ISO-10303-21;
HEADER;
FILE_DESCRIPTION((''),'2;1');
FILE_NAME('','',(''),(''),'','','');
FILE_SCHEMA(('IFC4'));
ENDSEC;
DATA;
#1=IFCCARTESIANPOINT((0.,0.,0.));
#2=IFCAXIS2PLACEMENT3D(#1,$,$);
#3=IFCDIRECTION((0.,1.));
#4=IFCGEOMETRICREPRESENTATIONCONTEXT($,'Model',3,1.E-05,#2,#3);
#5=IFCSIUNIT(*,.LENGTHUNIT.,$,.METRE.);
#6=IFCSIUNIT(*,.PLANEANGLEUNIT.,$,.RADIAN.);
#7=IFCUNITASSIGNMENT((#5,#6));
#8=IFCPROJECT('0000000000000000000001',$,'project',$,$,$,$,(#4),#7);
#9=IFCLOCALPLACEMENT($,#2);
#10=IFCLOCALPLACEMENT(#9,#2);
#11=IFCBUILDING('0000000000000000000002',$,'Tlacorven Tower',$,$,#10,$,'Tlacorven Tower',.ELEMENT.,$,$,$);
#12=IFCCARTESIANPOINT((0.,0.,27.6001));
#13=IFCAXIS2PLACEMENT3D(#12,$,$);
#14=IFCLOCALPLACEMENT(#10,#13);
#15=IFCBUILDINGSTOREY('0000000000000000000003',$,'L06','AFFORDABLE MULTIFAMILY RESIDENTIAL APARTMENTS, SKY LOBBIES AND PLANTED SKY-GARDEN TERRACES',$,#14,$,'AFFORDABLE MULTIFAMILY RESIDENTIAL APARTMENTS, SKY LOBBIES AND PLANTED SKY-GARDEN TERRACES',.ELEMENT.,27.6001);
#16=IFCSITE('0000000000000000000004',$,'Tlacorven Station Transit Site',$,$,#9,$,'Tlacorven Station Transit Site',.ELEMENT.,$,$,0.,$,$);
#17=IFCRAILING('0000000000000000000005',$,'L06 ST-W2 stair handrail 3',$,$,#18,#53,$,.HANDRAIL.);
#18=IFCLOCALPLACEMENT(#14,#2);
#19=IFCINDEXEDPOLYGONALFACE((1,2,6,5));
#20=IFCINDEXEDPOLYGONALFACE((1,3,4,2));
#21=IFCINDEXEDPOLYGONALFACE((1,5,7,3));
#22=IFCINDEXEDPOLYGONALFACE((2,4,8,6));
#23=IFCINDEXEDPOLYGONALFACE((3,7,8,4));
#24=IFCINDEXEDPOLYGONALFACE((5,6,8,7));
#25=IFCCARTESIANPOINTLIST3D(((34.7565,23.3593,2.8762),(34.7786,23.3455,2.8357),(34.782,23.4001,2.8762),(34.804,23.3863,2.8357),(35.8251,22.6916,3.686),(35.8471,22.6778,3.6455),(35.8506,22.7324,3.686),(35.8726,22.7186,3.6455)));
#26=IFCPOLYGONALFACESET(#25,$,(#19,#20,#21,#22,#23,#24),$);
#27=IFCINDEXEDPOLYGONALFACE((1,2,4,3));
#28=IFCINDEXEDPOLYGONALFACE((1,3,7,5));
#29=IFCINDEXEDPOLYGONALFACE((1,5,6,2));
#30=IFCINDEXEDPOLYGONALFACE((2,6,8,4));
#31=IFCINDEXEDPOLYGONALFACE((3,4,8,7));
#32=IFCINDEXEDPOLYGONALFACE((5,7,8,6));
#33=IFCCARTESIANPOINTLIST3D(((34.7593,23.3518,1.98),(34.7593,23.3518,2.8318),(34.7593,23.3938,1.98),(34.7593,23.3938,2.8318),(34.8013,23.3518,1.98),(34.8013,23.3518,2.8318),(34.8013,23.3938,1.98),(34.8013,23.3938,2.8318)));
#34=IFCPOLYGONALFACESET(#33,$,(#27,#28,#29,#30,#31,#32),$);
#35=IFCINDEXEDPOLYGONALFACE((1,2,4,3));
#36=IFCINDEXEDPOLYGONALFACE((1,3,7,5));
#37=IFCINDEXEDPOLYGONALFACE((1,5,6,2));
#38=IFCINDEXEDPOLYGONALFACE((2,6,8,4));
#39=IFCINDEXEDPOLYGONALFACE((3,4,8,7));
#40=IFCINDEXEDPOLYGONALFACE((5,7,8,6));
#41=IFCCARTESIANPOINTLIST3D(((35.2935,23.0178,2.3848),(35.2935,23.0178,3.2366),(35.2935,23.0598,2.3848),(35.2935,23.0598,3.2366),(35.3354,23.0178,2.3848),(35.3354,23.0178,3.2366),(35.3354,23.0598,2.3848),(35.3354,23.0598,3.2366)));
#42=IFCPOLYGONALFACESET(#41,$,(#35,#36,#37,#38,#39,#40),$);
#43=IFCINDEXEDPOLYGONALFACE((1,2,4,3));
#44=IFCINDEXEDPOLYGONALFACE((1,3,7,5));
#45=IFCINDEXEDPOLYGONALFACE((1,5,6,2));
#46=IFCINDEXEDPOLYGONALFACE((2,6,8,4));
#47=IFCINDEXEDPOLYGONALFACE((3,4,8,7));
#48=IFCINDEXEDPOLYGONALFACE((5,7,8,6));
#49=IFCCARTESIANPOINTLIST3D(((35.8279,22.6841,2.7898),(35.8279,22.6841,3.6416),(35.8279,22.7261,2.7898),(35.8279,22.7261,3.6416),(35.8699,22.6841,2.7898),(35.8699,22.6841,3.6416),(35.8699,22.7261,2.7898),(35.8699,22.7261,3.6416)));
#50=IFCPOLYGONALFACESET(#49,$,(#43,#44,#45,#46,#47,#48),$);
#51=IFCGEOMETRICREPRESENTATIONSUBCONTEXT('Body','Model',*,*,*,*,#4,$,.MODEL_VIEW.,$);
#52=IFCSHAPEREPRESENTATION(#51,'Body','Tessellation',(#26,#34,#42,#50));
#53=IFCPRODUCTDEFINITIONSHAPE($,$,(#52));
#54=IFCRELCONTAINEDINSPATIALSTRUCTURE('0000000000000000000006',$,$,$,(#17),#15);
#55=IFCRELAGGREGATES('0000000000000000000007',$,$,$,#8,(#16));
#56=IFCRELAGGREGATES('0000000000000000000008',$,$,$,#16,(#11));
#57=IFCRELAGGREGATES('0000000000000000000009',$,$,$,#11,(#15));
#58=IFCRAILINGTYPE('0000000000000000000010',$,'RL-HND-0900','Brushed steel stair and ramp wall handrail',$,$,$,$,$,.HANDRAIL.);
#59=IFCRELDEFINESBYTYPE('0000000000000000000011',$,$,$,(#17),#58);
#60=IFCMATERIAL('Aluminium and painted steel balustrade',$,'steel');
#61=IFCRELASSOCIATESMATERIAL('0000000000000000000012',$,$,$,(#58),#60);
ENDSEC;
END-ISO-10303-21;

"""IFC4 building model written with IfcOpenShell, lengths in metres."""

from ifc_helpers import new_model, si_unit, direction, frame, origin, origin_2d, place, context, subcontext, project, spatial, rectangle, extrude, source, transform, mapped, material, type_object, element, save


model = new_model("IFC4")

# Units and contexts
model_context = context("Model", 3, precision=1e-05, world=origin(), true_north=direction((0.0, 1.0)))
body_context = subcontext(model_context, "Body", "Model", "MODEL_VIEW")
ifc_project = project(units=[si_unit("LENGTHUNIT", "METRE"), si_unit("PLANEANGLEUNIT", "RADIAN")], contexts=[model_context])

# Site, building, storey
site_placement = place(None, origin())
site = spatial("IfcSite", under=ifc_project, at=site_placement, Name="Tlacorven Station Transit Site", LongName="Tlacorven Station Transit Site", CompositionType="ELEMENT", RefElevation=0.0)
building_placement = place(site_placement, origin())
building = spatial("IfcBuilding", under=site, at=building_placement, Name="Tlacorven Tower", LongName="Tlacorven Tower", CompositionType="ELEMENT")
storey_placement = place(building_placement, frame((0.0, 0.0, 27.6001)))
storey = spatial("IfcBuildingStorey", under=building, at=storey_placement, Name="L06", Description="AFFORDABLE MULTIFAMILY RESIDENTIAL APARTMENTS, SKY LOBBIES AND PLANTED SKY-GARDEN TERRACES", LongName="AFFORDABLE MULTIFAMILY RESIDENTIAL APARTMENTS, SKY LOBBIES AND PLANTED SKY-GARDEN TERRACES", CompositionType="ELEMENT", Elevation=27.6001)

# Railing
ifc_material_1 = material(Name="Aluminium and painted steel balustrade", Category="steel")
railing_type_1 = type_object("IfcRailingType", Name="RL-HND-0900", Description="Brushed steel stair and ramp wall handrail", PredefinedType="HANDRAIL", material=ifc_material_1)
shared_shape_1 = source(origin(), body_context, "Body", "SweptSolid", [
    extrude(rectangle(XDim=0.0481, YDim=0.0481, at=origin_2d()), frame((0.0, 0.0, 0.876), z_axis=(0.713423, -0.445787, 0.540649), x_axis=(0.529912, 0.848053, 0.0)), (0.0, 0.0, 1.0), 1.4978),
    extrude(rectangle(XDim=0.042, YDim=0.042, at=origin_2d()), origin(), (0.0, 0.0, 1.0), 0.8518),
    extrude(rectangle(XDim=0.042, YDim=0.042, at=origin_2d()), frame((0.5342, -0.334, 0.4048)), (0.0, 0.0, 1.0), 0.8518),
    extrude(rectangle(XDim=0.042, YDim=0.042, at=origin_2d()), frame((1.0686, -0.6677, 0.8098)), (0.0, 0.0, 1.0), 0.8518),
])
railing_1_placement = place(storey_placement, frame((34.7803, 23.3728, 1.98)))
element("IfcRailing", 1, at=railing_1_placement, inside=storey, type_object=railing_type_1, Name="L06 ST-W2 stair handrail 3", PredefinedType="HANDRAIL", context=body_context, shape_type="MappedRepresentation", body=[
    mapped(shared_shape_1, transform((0.0, 0.0, 0.0), scale=1.0)),
])

save(model, "model.ifc")
